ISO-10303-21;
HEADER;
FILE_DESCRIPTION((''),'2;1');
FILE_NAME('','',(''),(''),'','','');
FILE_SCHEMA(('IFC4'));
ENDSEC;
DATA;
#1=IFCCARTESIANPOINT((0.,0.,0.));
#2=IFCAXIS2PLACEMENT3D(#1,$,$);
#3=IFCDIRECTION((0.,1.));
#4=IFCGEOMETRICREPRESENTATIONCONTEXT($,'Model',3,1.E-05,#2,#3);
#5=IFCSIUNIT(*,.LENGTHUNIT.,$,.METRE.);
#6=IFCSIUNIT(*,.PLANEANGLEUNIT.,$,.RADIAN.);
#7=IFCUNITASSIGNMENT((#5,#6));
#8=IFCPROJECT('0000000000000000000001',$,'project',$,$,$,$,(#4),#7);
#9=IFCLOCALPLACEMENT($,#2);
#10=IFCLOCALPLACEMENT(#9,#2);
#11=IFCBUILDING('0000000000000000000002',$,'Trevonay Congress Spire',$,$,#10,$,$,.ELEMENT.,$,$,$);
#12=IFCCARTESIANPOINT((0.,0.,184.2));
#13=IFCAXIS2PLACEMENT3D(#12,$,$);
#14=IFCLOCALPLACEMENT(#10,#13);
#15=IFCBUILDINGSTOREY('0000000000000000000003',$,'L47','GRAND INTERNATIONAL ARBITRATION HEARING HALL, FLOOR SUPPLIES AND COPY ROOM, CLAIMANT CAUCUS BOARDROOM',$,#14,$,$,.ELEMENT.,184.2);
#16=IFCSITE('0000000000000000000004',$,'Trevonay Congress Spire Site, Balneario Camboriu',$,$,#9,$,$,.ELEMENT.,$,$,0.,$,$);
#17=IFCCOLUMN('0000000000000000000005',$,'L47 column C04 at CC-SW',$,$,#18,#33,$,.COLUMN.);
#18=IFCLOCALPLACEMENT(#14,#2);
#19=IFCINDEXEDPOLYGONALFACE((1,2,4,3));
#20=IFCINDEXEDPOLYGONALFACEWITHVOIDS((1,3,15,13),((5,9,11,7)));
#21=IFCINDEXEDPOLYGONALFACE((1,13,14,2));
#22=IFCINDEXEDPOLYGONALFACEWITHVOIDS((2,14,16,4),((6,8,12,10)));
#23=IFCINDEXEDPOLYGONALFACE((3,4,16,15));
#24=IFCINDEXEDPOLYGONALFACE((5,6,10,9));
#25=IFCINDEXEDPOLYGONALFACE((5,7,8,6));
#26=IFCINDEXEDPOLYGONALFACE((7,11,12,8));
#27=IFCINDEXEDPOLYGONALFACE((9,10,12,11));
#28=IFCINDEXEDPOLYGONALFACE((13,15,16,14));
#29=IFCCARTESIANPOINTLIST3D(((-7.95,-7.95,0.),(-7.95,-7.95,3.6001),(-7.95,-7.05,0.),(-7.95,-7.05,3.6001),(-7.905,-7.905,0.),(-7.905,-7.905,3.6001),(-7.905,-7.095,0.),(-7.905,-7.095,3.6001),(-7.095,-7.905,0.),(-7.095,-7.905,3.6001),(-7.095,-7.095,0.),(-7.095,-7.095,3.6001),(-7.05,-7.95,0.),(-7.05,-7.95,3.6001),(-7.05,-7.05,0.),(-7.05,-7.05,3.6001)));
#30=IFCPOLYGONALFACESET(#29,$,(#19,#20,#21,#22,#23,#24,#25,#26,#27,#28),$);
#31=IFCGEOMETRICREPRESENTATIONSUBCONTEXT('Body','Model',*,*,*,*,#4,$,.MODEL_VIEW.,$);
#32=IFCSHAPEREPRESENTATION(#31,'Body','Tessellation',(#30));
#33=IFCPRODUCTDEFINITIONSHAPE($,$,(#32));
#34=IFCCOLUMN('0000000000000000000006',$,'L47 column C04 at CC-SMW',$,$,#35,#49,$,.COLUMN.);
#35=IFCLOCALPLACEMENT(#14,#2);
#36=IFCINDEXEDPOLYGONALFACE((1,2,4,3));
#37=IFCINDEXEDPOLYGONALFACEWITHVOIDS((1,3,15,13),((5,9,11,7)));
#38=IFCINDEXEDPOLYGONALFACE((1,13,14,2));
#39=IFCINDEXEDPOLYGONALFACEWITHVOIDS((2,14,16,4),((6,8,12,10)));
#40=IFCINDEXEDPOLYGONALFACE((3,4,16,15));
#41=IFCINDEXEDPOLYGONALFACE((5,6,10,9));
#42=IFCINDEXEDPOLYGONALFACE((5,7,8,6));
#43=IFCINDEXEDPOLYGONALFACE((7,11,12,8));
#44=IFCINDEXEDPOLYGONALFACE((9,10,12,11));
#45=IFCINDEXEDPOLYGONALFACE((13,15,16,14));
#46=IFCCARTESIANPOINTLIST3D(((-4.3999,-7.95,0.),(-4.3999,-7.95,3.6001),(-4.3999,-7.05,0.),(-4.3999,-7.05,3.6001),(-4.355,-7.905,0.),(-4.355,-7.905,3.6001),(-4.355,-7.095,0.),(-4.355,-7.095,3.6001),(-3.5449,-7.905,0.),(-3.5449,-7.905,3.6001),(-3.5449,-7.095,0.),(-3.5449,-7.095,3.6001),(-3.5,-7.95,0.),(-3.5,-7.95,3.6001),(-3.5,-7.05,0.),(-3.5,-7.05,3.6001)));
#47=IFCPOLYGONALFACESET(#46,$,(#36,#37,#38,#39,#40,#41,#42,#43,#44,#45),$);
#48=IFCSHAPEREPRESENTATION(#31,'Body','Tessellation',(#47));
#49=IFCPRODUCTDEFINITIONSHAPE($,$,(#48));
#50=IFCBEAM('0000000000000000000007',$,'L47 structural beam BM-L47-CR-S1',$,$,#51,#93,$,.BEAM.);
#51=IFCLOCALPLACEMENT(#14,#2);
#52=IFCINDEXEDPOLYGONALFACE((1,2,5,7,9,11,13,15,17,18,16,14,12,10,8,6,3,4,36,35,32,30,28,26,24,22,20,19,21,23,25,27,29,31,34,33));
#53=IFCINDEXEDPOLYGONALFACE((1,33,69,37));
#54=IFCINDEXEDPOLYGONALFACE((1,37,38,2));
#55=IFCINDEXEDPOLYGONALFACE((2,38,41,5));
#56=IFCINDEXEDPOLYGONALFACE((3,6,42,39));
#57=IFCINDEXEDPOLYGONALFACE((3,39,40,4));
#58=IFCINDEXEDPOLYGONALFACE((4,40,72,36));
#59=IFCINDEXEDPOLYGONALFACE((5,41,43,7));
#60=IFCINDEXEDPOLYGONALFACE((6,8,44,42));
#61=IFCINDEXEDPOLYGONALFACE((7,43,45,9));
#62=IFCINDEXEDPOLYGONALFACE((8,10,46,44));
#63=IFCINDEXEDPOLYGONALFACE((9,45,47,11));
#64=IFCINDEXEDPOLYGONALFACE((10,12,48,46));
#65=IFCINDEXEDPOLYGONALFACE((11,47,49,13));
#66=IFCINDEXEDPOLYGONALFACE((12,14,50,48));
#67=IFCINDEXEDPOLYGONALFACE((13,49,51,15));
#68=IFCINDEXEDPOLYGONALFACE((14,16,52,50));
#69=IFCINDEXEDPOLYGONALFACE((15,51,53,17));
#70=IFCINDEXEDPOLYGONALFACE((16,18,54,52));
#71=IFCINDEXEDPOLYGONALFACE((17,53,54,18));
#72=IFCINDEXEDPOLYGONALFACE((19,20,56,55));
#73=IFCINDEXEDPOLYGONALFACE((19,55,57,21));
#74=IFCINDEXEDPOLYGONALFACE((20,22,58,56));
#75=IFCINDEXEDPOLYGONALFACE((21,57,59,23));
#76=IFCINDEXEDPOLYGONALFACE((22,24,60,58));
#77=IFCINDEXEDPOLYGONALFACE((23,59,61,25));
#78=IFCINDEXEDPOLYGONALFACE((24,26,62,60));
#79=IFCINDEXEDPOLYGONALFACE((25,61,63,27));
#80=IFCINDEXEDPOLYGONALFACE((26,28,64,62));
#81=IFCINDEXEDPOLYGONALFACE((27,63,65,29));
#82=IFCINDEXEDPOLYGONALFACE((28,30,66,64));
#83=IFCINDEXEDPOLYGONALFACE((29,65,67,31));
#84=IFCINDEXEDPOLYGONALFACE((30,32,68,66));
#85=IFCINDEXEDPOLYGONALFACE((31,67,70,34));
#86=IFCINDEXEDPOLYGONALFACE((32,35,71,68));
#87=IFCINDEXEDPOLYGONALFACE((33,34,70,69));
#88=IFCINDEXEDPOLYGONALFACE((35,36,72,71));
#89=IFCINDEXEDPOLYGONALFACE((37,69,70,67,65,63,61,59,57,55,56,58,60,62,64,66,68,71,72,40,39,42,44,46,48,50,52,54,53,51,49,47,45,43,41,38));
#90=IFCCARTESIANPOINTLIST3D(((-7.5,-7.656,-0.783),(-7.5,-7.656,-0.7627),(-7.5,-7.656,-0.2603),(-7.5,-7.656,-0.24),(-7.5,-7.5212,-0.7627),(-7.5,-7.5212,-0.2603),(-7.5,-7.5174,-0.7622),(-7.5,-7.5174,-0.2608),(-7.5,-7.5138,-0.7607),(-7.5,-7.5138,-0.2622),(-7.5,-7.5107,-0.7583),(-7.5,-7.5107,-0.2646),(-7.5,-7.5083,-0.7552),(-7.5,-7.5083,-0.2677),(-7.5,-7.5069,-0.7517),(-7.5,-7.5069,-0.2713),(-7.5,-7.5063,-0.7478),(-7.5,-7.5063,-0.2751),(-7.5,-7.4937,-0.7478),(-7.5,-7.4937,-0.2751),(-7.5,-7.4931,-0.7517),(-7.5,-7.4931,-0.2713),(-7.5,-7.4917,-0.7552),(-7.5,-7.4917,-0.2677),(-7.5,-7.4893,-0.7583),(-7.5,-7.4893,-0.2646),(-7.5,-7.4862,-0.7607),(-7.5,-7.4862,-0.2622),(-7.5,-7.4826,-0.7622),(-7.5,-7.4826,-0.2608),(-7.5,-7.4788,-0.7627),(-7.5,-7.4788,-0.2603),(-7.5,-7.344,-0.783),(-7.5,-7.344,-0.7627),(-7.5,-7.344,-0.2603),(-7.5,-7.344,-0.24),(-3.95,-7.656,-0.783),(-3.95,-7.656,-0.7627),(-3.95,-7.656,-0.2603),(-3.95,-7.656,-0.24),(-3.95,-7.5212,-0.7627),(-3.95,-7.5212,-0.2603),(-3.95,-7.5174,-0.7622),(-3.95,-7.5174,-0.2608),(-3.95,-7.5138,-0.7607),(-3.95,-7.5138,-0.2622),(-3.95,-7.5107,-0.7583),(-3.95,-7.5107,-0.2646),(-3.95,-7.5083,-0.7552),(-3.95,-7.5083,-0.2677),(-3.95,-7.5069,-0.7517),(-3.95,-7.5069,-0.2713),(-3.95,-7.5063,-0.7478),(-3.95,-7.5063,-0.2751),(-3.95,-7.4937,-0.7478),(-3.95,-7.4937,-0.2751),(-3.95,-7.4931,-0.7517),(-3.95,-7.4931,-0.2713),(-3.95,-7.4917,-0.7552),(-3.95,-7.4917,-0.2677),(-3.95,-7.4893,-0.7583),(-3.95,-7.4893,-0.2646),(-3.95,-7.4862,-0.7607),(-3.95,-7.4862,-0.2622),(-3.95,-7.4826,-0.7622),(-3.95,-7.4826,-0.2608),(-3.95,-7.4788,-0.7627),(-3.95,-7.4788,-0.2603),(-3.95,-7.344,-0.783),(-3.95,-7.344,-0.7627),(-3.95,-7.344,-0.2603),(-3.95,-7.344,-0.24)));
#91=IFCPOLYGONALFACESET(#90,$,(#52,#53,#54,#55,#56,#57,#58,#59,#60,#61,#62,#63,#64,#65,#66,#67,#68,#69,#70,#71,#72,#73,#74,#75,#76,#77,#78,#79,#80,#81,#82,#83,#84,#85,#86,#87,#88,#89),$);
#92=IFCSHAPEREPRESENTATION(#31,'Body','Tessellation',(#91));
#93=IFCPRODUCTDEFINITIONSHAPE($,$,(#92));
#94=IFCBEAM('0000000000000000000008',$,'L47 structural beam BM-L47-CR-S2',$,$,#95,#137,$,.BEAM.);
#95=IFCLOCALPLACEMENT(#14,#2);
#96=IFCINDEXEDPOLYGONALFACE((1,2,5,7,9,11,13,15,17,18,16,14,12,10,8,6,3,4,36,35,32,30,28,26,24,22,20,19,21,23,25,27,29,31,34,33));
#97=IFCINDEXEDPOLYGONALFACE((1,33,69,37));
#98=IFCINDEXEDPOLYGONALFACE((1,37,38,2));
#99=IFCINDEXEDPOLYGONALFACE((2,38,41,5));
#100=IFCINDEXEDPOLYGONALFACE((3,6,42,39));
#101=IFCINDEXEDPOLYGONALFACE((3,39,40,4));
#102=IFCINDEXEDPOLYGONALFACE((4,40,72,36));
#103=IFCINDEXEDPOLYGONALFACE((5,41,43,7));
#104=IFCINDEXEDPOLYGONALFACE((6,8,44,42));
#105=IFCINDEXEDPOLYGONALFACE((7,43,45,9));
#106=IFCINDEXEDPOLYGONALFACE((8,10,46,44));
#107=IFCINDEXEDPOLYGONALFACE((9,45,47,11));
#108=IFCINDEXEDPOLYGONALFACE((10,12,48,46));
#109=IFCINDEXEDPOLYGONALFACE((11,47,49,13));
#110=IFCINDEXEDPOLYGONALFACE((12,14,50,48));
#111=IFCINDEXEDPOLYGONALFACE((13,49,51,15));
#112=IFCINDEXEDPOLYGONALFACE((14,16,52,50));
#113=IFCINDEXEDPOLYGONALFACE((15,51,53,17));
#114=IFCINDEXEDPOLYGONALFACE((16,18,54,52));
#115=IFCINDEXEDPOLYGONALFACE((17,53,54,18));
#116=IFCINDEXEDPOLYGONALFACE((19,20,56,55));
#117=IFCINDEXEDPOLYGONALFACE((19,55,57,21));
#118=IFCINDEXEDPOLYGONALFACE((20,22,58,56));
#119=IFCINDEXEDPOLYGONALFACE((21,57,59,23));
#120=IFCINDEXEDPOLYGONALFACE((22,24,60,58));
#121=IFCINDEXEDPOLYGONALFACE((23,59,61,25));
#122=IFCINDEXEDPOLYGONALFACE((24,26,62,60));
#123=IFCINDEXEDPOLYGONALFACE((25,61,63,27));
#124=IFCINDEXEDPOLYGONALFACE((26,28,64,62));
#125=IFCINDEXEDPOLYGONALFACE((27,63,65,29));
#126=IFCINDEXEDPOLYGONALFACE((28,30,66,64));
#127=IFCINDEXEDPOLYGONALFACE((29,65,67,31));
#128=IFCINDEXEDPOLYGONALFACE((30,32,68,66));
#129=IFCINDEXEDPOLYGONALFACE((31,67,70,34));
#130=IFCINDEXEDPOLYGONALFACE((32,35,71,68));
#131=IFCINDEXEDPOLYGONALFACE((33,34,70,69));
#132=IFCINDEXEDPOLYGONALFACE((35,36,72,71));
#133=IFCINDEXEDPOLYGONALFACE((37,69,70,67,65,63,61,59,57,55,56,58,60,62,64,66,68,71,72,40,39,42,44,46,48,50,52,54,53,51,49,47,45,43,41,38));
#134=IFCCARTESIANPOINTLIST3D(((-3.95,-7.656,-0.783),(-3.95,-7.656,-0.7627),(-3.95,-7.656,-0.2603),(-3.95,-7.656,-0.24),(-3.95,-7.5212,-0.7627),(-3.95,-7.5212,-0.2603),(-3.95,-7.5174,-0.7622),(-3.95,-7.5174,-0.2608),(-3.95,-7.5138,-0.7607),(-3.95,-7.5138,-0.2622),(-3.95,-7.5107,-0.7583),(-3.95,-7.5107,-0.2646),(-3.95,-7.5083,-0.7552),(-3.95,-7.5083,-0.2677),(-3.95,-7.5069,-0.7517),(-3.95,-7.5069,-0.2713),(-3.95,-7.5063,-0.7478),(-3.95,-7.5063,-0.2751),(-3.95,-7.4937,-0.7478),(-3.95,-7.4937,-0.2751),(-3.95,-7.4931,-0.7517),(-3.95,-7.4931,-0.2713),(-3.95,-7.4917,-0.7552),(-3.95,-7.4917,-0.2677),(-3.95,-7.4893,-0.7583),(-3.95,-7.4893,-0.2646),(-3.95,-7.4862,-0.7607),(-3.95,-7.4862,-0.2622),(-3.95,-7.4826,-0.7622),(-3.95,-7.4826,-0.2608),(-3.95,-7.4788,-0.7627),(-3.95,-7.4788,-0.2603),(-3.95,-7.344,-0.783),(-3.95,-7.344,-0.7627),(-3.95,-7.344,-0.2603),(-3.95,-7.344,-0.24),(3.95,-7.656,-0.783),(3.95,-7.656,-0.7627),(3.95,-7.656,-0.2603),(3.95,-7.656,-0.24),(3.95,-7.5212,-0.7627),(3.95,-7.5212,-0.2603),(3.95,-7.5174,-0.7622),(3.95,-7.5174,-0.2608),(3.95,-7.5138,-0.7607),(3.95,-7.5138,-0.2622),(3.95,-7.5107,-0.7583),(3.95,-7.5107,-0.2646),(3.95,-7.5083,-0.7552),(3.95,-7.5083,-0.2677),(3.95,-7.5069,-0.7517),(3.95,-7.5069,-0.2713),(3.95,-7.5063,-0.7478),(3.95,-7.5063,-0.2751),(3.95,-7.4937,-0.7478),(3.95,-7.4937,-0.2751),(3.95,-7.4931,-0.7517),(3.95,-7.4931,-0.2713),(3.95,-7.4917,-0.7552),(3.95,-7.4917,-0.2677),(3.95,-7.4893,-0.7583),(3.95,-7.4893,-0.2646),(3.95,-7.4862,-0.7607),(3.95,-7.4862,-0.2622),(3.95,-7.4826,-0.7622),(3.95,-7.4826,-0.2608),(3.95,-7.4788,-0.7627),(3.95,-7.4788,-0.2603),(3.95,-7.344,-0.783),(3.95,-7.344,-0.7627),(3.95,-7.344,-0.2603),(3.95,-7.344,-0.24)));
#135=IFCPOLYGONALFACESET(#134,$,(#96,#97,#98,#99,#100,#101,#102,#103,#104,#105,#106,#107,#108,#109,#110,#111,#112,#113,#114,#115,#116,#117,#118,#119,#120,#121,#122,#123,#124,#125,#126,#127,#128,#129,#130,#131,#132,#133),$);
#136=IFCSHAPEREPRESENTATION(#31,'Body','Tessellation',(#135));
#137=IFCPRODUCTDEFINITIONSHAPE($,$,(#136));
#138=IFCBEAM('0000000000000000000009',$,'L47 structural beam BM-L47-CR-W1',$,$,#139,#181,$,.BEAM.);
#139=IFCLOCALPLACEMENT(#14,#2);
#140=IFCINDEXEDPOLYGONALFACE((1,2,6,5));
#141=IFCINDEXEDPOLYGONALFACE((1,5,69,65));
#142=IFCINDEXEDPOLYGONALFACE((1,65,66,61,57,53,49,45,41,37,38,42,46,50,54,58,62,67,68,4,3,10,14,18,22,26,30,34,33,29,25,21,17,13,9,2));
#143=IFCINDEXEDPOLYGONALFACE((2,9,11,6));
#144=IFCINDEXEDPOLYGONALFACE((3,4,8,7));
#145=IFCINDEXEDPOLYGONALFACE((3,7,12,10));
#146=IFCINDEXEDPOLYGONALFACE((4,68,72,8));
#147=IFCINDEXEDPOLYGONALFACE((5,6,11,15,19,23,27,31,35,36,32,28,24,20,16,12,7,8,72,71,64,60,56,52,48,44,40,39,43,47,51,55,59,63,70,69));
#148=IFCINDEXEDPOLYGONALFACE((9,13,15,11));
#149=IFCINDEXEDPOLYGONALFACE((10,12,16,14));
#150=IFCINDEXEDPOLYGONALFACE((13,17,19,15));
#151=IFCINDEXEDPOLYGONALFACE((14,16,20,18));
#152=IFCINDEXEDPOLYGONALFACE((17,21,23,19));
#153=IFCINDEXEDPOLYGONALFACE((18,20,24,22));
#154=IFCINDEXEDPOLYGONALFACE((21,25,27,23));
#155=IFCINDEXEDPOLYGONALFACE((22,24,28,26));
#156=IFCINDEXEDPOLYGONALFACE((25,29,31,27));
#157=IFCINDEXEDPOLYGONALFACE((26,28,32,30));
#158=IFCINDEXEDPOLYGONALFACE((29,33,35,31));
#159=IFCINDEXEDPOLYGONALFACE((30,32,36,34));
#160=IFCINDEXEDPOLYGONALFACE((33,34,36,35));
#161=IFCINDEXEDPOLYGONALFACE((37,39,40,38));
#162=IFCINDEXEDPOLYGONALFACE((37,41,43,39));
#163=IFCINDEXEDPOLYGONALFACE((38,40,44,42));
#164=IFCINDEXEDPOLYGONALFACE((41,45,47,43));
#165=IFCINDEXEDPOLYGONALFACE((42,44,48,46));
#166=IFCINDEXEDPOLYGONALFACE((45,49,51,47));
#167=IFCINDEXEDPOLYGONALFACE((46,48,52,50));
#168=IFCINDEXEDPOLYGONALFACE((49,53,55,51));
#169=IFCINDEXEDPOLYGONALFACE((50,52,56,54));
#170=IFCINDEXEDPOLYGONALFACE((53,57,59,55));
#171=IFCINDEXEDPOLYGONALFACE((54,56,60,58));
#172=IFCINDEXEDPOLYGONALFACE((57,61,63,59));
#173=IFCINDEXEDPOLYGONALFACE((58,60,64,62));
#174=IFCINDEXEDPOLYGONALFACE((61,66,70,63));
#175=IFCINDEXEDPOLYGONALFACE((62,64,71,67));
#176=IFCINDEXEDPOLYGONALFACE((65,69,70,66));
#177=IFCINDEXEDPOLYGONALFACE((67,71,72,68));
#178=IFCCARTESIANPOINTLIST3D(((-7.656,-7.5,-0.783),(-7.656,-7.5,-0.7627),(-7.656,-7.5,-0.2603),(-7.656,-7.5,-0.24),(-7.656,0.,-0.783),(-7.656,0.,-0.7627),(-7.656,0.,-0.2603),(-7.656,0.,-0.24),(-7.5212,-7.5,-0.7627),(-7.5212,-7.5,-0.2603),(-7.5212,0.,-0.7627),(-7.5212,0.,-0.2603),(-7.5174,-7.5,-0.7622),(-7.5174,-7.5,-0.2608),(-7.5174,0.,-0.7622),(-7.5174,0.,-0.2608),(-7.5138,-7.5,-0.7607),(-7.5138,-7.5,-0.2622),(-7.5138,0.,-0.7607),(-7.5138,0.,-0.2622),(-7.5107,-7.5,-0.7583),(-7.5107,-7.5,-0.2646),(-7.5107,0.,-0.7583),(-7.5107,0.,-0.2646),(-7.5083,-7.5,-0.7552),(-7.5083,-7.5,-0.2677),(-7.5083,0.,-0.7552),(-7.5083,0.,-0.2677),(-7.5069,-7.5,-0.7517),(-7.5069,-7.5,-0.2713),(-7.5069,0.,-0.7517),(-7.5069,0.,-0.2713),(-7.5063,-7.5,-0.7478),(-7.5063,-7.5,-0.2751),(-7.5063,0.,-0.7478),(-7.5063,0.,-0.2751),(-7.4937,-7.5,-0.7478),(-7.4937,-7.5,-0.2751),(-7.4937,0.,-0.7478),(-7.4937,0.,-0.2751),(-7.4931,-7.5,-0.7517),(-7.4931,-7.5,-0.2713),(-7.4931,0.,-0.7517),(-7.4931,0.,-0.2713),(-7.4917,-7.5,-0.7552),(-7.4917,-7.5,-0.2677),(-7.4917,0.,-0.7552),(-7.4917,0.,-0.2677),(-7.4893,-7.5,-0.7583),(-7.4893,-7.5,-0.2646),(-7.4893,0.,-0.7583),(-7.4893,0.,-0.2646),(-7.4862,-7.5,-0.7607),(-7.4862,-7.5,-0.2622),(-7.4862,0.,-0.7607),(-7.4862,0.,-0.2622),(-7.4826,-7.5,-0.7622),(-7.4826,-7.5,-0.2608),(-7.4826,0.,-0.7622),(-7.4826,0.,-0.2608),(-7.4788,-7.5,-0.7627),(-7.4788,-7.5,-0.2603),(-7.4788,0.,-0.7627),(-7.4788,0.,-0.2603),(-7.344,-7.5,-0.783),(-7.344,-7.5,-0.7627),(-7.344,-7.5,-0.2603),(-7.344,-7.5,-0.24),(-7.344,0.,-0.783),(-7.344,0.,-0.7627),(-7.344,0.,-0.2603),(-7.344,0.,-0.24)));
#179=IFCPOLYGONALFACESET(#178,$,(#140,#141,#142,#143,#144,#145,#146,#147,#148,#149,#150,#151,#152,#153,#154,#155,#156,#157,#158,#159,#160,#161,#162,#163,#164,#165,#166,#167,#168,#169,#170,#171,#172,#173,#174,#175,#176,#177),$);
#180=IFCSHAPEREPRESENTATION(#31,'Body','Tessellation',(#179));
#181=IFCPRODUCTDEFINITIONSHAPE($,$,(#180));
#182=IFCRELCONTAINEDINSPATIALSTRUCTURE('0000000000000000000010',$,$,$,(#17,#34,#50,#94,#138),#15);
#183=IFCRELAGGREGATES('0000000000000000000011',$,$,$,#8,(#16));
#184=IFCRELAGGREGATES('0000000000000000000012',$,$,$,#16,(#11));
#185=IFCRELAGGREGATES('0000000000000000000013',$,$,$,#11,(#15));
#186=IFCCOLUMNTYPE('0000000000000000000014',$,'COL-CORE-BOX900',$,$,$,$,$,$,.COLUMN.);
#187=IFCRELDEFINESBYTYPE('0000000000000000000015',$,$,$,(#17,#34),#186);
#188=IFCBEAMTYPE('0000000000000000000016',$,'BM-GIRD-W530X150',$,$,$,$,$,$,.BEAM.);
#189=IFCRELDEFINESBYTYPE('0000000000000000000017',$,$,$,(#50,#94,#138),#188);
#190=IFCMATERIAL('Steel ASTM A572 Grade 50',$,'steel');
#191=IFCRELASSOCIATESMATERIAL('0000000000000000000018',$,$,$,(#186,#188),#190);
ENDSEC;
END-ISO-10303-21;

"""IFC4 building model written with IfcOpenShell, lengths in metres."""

from ifc_helpers import new_model, si_unit, direction, frame, origin, origin_2d, place, context, subcontext, project, spatial, hollow_rectangle, i_section, extrude, material, material_profile, profile_set, type_object, element, save


model = new_model("IFC4")

# Units and contexts
model_context = context("Model", 3, precision=1e-05, world=origin(), true_north=direction((0.0, 1.0)))
body_context = subcontext(model_context, "Body", "Model", "MODEL_VIEW")
ifc_project = project(units=[si_unit("LENGTHUNIT", "METRE"), si_unit("PLANEANGLEUNIT", "RADIAN")], contexts=[model_context])

# Site, building, storey
site_placement = place(None, origin())
site = spatial("IfcSite", under=ifc_project, at=site_placement, Name="Trevonay Congress Spire Site, Balneario Camboriu", CompositionType="ELEMENT", RefElevation=0.0)
building_placement = place(site_placement, origin())
building = spatial("IfcBuilding", under=site, at=building_placement, Name="Trevonay Congress Spire", CompositionType="ELEMENT")
storey_placement = place(building_placement, frame((0.0, 0.0, 184.2)))
storey = spatial("IfcBuildingStorey", under=building, at=storey_placement, Name="L47", Description="GRAND INTERNATIONAL ARBITRATION HEARING HALL, FLOOR SUPPLIES AND COPY ROOM, CLAIMANT CAUCUS BOARDROOM", CompositionType="ELEMENT", Elevation=184.2)

# Columns
ifc_material_1 = material(Name="Steel ASTM A572 Grade 50", Category="steel")
ifc_material_profile_1 = material_profile(ifc_material_1, hollow_rectangle(XDim=0.8999, YDim=0.8999, WallThickness=0.0449, at=origin_2d()), Name="BOX 900x900x45")
ifc_profile_set_1 = profile_set([ifc_material_profile_1], Name="Steel ASTM A572 Grade 50")
column_type = type_object("IfcColumnType", Name="COL-CORE-BOX900", PredefinedType="COLUMN", material=ifc_profile_set_1)
for number, where, z_axis, x_axis, name in (
    (1, (-7.5, -7.5, 0.0), (0.0, 0.0, 1.0), (1.0, 0.0, 0.0), "L47 column C04 at CC-SW"),
    (2, (-3.95, -7.5, 0.0), (0.0, 0.0, 1.0), (1.0, 0.0, 0.0), "L47 column C04 at CC-SMW"),
):
    element("IfcColumn", number, at=place(storey_placement, frame(where, z_axis=z_axis, x_axis=x_axis)), inside=storey, type_object=column_type, Name=name, PredefinedType="COLUMN", context=body_context, shape_type="SweptSolid", body=[
        extrude(hollow_rectangle(XDim=0.8999, YDim=0.8999, WallThickness=0.0449, at=origin_2d()), origin(), (0.0, 0.0, 1.0), 3.6001),
    ])

# Beams
ifc_material_profile_2 = material_profile(ifc_material_1, i_section(OverallWidth=0.312, OverallDepth=0.543, WebThickness=0.0127, FlangeThickness=0.0203, FilletRadius=0.0149, at=origin_2d()), Name="W530x150")
ifc_profile_set_2 = profile_set([ifc_material_profile_2], Name="Steel ASTM A572 Grade 50")
beam_type_1 = type_object("IfcBeamType", Name="BM-GIRD-W530X150", PredefinedType="BEAM", material=ifc_profile_set_2)
beam_1_placement = place(storey_placement, frame((-7.5, -7.5, -0.5115), z_axis=(1.0, 0.0, 0.0), x_axis=(0.0, 1.0, 0.0)))
element("IfcBeam", 3, at=beam_1_placement, inside=storey, type_object=beam_type_1, Name="L47 structural beam BM-L47-CR-S1", PredefinedType="BEAM", context=body_context, shape_type="SweptSolid", body=[
    extrude(i_section(OverallWidth=0.312, OverallDepth=0.543, WebThickness=0.0127, FlangeThickness=0.0203, FilletRadius=0.0149, at=origin_2d()), origin(), (0.0, 0.0, 1.0), 3.55),
])
beam_2_placement = place(storey_placement, frame((-3.95, -7.5, -0.5115), z_axis=(1.0, 0.0, 0.0), x_axis=(0.0, 1.0, 0.0)))
element("IfcBeam", 4, at=beam_2_placement, inside=storey, type_object=beam_type_1, Name="L47 structural beam BM-L47-CR-S2", PredefinedType="BEAM", context=body_context, shape_type="SweptSolid", body=[
    extrude(i_section(OverallWidth=0.312, OverallDepth=0.543, WebThickness=0.0127, FlangeThickness=0.0203, FilletRadius=0.0149, at=origin_2d()), origin(), (0.0, 0.0, 1.0), 7.8999),
])
beam_3_placement = place(storey_placement, frame((-7.5, -7.5, -0.5115), z_axis=(0.0, 1.0, 0.0), x_axis=(-1.0, 0.0, 0.0)))
element("IfcBeam", 5, at=beam_3_placement, inside=storey, type_object=beam_type_1, Name="L47 structural beam BM-L47-CR-W1", PredefinedType="BEAM", context=body_context, shape_type="SweptSolid", body=[
    extrude(i_section(OverallWidth=0.312, OverallDepth=0.543, WebThickness=0.0127, FlangeThickness=0.0203, FilletRadius=0.0149, at=origin_2d()), origin(), (0.0, 0.0, 1.0), 7.5),
])

save(model, "model.ifc")
